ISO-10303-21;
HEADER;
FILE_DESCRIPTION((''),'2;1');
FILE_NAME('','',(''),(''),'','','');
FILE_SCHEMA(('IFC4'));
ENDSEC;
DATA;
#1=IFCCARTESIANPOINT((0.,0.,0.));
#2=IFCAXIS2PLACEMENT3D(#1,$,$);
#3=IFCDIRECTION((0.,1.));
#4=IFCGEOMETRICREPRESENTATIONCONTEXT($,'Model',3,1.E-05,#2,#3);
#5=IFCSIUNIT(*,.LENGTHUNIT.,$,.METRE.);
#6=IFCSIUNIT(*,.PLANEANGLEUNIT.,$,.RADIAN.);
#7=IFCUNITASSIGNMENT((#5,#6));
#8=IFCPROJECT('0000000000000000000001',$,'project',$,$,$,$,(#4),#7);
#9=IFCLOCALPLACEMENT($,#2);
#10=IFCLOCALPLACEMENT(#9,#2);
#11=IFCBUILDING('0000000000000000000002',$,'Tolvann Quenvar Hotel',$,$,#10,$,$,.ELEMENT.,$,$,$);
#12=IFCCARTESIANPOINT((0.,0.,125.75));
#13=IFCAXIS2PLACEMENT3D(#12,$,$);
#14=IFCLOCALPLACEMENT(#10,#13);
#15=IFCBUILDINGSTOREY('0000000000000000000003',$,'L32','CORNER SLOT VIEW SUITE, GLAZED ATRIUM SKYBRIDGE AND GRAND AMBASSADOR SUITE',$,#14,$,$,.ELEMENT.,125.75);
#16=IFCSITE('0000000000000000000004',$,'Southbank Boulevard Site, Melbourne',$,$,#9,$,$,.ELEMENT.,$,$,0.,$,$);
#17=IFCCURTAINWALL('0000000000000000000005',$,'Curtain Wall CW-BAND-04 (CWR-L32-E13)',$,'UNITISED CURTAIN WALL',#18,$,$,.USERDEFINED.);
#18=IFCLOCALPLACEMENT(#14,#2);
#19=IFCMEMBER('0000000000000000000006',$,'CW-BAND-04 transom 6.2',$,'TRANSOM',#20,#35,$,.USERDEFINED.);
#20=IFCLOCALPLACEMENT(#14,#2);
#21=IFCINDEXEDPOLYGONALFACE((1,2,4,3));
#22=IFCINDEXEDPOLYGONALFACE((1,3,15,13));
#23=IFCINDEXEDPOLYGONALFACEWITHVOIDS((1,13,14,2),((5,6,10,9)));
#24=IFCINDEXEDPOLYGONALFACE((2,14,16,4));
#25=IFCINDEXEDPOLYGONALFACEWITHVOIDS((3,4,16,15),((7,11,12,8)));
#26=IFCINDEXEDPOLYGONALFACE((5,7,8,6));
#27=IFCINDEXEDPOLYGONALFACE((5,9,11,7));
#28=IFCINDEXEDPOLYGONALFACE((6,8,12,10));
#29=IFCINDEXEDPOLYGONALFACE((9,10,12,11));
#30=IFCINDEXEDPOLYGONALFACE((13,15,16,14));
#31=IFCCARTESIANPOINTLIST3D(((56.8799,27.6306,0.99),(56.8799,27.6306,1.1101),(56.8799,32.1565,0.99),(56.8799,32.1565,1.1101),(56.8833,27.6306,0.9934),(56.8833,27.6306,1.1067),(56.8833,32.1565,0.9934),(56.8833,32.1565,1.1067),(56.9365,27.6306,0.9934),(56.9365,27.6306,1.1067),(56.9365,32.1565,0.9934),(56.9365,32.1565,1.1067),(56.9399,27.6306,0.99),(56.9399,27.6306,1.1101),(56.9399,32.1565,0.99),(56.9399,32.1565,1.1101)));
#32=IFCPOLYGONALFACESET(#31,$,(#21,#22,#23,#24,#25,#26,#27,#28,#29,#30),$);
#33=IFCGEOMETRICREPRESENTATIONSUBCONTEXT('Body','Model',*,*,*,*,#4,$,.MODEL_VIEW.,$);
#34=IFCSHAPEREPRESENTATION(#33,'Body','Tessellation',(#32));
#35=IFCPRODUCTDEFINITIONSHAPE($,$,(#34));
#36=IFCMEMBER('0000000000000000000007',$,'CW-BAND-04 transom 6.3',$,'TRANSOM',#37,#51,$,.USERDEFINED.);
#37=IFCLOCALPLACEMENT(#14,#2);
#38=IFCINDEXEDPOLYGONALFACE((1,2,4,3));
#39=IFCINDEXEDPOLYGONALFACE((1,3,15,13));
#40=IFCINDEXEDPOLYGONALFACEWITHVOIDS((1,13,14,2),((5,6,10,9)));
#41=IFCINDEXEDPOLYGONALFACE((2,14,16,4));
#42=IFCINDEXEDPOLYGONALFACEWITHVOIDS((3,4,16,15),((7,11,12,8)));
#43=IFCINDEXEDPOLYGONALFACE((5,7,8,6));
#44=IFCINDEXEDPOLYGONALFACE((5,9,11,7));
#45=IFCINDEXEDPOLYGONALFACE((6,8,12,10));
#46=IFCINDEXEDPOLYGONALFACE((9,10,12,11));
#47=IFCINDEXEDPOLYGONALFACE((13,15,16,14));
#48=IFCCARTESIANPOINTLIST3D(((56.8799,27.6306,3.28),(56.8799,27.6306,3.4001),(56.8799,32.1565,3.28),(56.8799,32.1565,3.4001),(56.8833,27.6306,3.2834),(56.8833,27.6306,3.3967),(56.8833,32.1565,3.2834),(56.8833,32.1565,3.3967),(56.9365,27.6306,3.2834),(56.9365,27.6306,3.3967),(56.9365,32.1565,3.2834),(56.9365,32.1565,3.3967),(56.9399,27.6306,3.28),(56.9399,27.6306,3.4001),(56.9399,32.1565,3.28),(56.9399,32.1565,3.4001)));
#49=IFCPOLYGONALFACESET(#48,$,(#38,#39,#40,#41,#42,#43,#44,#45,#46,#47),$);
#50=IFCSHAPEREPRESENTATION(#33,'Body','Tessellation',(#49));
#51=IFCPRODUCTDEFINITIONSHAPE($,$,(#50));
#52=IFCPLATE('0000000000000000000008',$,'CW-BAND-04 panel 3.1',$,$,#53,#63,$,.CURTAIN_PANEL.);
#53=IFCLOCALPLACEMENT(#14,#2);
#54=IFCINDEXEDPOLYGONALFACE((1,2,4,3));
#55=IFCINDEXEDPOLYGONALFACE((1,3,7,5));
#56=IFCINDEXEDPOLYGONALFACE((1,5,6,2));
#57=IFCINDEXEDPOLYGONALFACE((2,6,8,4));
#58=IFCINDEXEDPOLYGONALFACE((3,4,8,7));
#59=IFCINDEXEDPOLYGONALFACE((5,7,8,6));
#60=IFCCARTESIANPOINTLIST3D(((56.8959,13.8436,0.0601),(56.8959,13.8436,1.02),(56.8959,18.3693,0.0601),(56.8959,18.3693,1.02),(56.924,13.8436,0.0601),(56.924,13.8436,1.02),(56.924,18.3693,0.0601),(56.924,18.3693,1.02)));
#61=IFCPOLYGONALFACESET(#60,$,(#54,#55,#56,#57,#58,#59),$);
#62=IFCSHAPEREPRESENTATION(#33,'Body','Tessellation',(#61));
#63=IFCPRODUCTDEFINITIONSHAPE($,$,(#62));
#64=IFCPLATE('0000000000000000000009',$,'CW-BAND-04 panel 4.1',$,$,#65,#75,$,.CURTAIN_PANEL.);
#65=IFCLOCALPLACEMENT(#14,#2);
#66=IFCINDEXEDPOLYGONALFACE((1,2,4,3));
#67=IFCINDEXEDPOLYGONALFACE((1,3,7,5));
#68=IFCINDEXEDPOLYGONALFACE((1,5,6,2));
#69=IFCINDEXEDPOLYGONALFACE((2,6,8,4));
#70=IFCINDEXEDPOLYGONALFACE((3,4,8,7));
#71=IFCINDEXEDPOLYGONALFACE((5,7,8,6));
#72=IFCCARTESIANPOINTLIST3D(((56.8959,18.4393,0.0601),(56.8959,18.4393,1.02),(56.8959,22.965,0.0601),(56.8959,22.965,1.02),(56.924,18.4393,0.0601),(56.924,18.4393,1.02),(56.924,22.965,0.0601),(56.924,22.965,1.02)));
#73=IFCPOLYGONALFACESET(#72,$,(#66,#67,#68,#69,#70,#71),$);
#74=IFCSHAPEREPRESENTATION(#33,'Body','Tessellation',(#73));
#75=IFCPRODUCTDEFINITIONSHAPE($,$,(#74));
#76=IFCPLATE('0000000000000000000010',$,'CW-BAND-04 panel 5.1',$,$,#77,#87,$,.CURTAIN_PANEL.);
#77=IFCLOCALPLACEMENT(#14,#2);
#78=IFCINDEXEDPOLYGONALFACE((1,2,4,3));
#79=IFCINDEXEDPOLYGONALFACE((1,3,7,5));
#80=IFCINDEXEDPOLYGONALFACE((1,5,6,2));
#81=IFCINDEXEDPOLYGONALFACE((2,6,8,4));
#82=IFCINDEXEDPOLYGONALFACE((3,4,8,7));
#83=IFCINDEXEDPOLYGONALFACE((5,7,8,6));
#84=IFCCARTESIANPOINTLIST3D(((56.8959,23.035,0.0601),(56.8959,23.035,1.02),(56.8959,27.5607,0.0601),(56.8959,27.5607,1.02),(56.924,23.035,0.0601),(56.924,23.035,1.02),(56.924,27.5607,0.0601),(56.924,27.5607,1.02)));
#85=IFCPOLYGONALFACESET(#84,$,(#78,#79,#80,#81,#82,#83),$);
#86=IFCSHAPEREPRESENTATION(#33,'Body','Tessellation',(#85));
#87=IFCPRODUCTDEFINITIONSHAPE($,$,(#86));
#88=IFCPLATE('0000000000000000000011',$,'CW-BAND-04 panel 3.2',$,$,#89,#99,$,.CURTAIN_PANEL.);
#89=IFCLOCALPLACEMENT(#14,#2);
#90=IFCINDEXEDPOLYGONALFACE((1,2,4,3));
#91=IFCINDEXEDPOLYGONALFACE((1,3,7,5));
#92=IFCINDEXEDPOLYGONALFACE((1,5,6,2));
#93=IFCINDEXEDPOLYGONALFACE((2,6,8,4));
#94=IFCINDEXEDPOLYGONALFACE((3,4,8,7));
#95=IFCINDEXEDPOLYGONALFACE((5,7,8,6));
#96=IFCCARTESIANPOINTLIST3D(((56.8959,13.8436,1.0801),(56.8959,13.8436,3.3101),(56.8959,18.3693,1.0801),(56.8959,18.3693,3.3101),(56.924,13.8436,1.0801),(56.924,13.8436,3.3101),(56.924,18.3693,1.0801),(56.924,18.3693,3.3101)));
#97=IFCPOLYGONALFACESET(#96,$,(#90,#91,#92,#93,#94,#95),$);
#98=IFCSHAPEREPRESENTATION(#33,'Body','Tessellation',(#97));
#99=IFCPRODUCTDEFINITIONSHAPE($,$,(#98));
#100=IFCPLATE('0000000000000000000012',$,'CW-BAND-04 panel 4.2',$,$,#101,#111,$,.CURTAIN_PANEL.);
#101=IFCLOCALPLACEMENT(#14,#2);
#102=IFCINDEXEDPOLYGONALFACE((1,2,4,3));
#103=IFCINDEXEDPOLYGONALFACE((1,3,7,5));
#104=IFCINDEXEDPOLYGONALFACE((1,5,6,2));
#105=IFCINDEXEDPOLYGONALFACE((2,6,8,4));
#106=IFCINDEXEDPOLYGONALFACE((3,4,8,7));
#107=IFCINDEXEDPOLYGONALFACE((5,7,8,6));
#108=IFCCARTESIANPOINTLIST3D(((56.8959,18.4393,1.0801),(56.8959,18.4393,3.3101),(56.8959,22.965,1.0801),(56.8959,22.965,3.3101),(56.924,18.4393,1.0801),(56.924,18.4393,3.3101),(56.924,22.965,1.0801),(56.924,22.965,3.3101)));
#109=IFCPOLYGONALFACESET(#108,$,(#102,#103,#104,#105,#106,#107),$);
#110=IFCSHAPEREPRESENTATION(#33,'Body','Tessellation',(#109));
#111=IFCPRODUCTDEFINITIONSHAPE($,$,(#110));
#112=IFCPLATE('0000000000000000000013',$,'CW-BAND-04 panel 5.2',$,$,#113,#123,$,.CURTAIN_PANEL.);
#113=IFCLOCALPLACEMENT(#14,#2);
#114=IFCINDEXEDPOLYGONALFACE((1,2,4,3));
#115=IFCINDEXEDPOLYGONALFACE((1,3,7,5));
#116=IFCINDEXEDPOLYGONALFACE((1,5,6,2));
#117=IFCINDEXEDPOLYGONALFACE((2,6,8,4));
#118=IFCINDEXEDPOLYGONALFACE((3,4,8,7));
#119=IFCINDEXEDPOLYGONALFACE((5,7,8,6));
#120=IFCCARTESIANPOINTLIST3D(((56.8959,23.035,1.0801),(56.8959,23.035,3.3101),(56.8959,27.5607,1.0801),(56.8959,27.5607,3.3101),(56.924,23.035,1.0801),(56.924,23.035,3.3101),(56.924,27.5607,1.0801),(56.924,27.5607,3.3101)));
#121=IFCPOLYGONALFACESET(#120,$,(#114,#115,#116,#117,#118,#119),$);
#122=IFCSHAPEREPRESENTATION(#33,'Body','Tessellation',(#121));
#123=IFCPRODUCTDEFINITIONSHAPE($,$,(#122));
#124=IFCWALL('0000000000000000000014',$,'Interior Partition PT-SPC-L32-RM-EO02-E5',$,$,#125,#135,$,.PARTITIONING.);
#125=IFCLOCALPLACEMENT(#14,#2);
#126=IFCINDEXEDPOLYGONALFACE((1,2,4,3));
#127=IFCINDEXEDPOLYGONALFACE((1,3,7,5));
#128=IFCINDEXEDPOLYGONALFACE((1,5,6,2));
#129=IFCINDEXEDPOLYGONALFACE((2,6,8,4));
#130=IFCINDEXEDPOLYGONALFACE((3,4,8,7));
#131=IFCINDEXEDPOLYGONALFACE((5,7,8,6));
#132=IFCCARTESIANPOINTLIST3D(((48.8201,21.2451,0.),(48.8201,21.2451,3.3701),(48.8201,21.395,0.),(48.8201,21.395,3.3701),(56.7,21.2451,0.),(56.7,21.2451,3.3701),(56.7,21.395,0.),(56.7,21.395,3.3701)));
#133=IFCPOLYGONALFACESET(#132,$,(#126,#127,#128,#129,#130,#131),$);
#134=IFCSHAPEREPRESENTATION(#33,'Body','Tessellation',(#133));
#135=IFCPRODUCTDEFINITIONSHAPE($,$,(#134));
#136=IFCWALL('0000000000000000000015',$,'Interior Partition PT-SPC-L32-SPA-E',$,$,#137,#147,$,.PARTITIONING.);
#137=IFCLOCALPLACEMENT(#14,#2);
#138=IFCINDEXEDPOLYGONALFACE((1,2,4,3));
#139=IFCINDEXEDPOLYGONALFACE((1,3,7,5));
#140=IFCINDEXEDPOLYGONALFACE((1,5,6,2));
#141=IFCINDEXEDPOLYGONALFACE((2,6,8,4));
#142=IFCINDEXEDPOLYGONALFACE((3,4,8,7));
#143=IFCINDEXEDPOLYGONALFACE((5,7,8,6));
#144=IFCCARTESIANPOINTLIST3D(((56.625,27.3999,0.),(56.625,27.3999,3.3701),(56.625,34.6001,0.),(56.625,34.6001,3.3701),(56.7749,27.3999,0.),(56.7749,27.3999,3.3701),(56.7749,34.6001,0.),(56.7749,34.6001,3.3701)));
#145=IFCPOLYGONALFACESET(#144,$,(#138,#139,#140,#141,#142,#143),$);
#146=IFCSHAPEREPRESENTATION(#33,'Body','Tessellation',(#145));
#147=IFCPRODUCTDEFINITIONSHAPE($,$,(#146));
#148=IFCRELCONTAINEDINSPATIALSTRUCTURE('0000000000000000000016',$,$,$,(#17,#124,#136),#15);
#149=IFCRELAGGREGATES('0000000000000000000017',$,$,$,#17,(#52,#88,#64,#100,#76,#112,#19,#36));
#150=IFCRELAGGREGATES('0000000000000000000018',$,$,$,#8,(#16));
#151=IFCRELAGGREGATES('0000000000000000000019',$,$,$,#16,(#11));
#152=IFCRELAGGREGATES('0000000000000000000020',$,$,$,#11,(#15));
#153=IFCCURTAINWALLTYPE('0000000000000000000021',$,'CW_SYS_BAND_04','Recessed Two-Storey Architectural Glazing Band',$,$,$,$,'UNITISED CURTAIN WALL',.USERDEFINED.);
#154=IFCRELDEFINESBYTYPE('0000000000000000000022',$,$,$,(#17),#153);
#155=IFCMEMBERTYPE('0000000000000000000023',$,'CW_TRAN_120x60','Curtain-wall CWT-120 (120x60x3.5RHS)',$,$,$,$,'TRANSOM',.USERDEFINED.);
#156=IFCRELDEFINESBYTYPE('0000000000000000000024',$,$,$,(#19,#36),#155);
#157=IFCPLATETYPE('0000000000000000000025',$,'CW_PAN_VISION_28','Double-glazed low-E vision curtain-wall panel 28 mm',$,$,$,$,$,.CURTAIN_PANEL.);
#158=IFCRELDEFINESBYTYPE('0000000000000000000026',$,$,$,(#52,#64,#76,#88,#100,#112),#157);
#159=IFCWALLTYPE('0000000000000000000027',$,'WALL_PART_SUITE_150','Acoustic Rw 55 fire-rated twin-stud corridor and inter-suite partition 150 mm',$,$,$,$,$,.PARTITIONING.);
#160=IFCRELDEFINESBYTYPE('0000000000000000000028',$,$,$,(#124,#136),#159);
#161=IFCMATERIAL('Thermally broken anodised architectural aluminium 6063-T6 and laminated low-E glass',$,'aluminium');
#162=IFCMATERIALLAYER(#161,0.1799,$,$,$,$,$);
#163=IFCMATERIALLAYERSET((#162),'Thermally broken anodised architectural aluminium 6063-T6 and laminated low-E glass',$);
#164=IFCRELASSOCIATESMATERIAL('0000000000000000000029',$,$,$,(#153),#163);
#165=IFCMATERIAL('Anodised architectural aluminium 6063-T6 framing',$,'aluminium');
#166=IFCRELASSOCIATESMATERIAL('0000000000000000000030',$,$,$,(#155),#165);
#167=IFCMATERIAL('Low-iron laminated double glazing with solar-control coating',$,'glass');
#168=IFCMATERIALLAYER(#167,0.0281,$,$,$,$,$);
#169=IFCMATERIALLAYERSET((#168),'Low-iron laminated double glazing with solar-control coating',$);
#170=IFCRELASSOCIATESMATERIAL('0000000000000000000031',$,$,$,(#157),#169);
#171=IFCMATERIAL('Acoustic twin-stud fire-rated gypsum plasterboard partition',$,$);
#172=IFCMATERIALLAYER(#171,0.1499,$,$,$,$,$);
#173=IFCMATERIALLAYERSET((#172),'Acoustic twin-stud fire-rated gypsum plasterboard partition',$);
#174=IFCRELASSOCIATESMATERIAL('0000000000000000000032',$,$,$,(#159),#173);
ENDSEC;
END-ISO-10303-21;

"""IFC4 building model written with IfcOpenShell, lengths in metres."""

from ifc_helpers import new_model, si_unit, direction, frame, frame_2d, origin, origin_2d, place, context, subcontext, project, spatial, rectangle, hollow_rectangle, extrude, source, transform, mapped, material, layer, layer_set, material_profile, profile_set, type_object, type_shapes, element, aggregate, save


model = new_model("IFC4")

# Units and contexts
model_context = context("Model", 3, precision=1e-05, world=origin(), true_north=direction((0.0, 1.0)))
body_context = subcontext(model_context, "Body", "Model", "MODEL_VIEW")
ifc_project = project(units=[si_unit("LENGTHUNIT", "METRE"), si_unit("PLANEANGLEUNIT", "RADIAN")], contexts=[model_context])

# Site, building, storey
site_placement = place(None, origin())
site = spatial("IfcSite", under=ifc_project, at=site_placement, Name="Southbank Boulevard Site, Melbourne", CompositionType="ELEMENT", RefElevation=0.0)
building_placement = place(site_placement, origin())
building = spatial("IfcBuilding", under=site, at=building_placement, Name="Tolvann Quenvar Hotel", CompositionType="ELEMENT")
storey_placement = place(building_placement, frame((0.0, 0.0, 125.75)))
storey = spatial("IfcBuildingStorey", under=building, at=storey_placement, Name="L32", Description="CORNER SLOT VIEW SUITE, GLAZED ATRIUM SKYBRIDGE AND GRAND AMBASSADOR SUITE", CompositionType="ELEMENT", Elevation=125.75)

# Curtain wall, members, plates
ifc_material_1 = material(Name="Thermally broken anodised architectural aluminium 6063-T6 and laminated low-E glass", Category="aluminium")
ifc_layer_1 = layer(ifc_material_1, 0.1799)
ifc_layer_set_1 = layer_set([ifc_layer_1], Name="Thermally broken anodised architectural aluminium 6063-T6 and laminated low-E glass")
curtain_wall_type = type_object("IfcCurtainWallType", Name="CW_SYS_BAND_04", Description="Recessed Two-Storey Architectural Glazing Band", ElementType="UNITISED CURTAIN WALL", PredefinedType="USERDEFINED", material=ifc_layer_set_1)
curtain_wall_placement = place(storey_placement, origin())
curtain_wall = element("IfcCurtainWall", 1, at=curtain_wall_placement, inside=storey, type_object=curtain_wall_type, Name="Curtain Wall CW-BAND-04 (CWR-L32-E13)", ObjectType="UNITISED CURTAIN WALL", PredefinedType="USERDEFINED")
ifc_material_2 = material(Name="Anodised architectural aluminium 6063-T6 framing", Category="aluminium")
ifc_material_profile_1 = material_profile(ifc_material_2, hollow_rectangle(XDim=0.0601, YDim=0.1201, WallThickness=0.0034, at=origin_2d()), Name="120x60x3.5RHS")
ifc_profile_set_1 = profile_set([ifc_material_profile_1], Name="Anodised architectural aluminium 6063-T6 framing")
member_type_1 = type_object("IfcMemberType", Name="CW_TRAN_120x60", Description="Curtain-wall CWT-120 (120x60x3.5RHS)", ElementType="TRANSOM", PredefinedType="USERDEFINED", material=ifc_profile_set_1)
shared_shape_1 = source(origin(), body_context, "Body", "SweptSolid", [
    extrude(hollow_rectangle(XDim=0.0601, YDim=0.1201, WallThickness=0.0034, at=origin_2d()), origin(), (0.0, 0.0, 1.0), 4.5259),
])
type_shapes(member_type_1, [shared_shape_1])
member_1_placement = place(storey_placement, frame((56.9099, 27.6306, 1.05), z_axis=(0.0, 1.0, 0.0), x_axis=(-1.0, 0.0, 0.0)))
member_1 = element("IfcMember", 2, at=member_1_placement, type_object=member_type_1, Name="CW-BAND-04 transom 6.2", ObjectType="TRANSOM", PredefinedType="USERDEFINED", context=body_context, shape_type="MappedRepresentation", body=[
    mapped(shared_shape_1, transform((0.0, 0.0, 0.0), x_axis=(1.0, 0.0, 0.0), y_axis=(0.0, 1.0, 0.0), z_axis=(0.0, 0.0, 1.0), scale=1.0)),
])
member_2_placement = place(storey_placement, frame((56.9099, 27.6306, 3.3401), z_axis=(0.0, 1.0, 0.0), x_axis=(-1.0, 0.0, 0.0)))
member_2 = element("IfcMember", 3, at=member_2_placement, type_object=member_type_1, Name="CW-BAND-04 transom 6.3", ObjectType="TRANSOM", PredefinedType="USERDEFINED", context=body_context, shape_type="MappedRepresentation", body=[
    mapped(shared_shape_1, transform((0.0, 0.0, 0.0), x_axis=(1.0, 0.0, 0.0), y_axis=(0.0, 1.0, 0.0), z_axis=(0.0, 0.0, 1.0), scale=1.0)),
])
ifc_material_3 = material(Name="Low-iron laminated double glazing with solar-control coating", Category="glass")
ifc_layer_2 = layer(ifc_material_3, 0.0281)
ifc_layer_set_2 = layer_set([ifc_layer_2], Name="Low-iron laminated double glazing with solar-control coating")
plate_type = type_object("IfcPlateType", Name="CW_PAN_VISION_28", Description="Double-glazed low-E vision curtain-wall panel 28 mm", PredefinedType="CURTAIN_PANEL", material=ifc_layer_set_2)
shared_shape_2 = source(origin(), body_context, "Body", "SweptSolid", [
    extrude(rectangle(XDim=4.5256, YDim=0.0281, at=origin_2d()), origin(), (0.0, 0.0, 1.0), 0.96),
])
plate_1_placement = place(storey_placement, frame((56.9099, 16.1064, 0.0601), z_axis=(0.0, 0.0, 1.0), x_axis=(0.0, 1.0, 0.0)))
plate_1 = element("IfcPlate", 4, at=plate_1_placement, type_object=plate_type, Name="CW-BAND-04 panel 3.1", PredefinedType="CURTAIN_PANEL", context=body_context, shape_type="MappedRepresentation", body=[
    mapped(shared_shape_2, transform((0.0, 0.0, 0.0), x_axis=(1.0, 0.0, 0.0), y_axis=(0.0, 1.0, 0.0), z_axis=(0.0, 0.0, 1.0), scale=1.0)),
])
plate_2_placement = place(storey_placement, frame((56.9099, 20.7021, 0.0601), z_axis=(0.0, 0.0, 1.0), x_axis=(0.0, 1.0, 0.0)))
plate_2 = element("IfcPlate", 5, at=plate_2_placement, type_object=plate_type, Name="CW-BAND-04 panel 4.1", PredefinedType="CURTAIN_PANEL", context=body_context, shape_type="MappedRepresentation", body=[
    mapped(shared_shape_2, transform((0.0, 0.0, 0.0), x_axis=(1.0, 0.0, 0.0), y_axis=(0.0, 1.0, 0.0), z_axis=(0.0, 0.0, 1.0), scale=1.0)),
])
plate_3_placement = place(storey_placement, frame((56.9099, 25.2979, 0.0601), z_axis=(0.0, 0.0, 1.0), x_axis=(0.0, 1.0, 0.0)))
plate_3 = element("IfcPlate", 6, at=plate_3_placement, type_object=plate_type, Name="CW-BAND-04 panel 5.1", PredefinedType="CURTAIN_PANEL", context=body_context, shape_type="MappedRepresentation", body=[
    mapped(shared_shape_2, transform((0.0, 0.0, 0.0), x_axis=(1.0, 0.0, 0.0), y_axis=(0.0, 1.0, 0.0), z_axis=(0.0, 0.0, 1.0), scale=1.0)),
])
shared_shape_3 = source(origin(), body_context, "Body", "SweptSolid", [
    extrude(rectangle(XDim=4.5256, YDim=0.0281, at=origin_2d()), origin(), (0.0, 0.0, 1.0), 2.23),
])
type_shapes(plate_type, [shared_shape_2, shared_shape_3])
plate_4_placement = place(storey_placement, frame((56.9099, 16.1064, 1.0801), z_axis=(0.0, 0.0, 1.0), x_axis=(0.0, 1.0, 0.0)))
plate_4 = element("IfcPlate", 7, at=plate_4_placement, type_object=plate_type, Name="CW-BAND-04 panel 3.2", PredefinedType="CURTAIN_PANEL", context=body_context, shape_type="MappedRepresentation", body=[
    mapped(shared_shape_3, transform((0.0, 0.0, 0.0), x_axis=(1.0, 0.0, 0.0), y_axis=(0.0, 1.0, 0.0), z_axis=(0.0, 0.0, 1.0), scale=1.0)),
])
plate_5_placement = place(storey_placement, frame((56.9099, 20.7021, 1.0801), z_axis=(0.0, 0.0, 1.0), x_axis=(0.0, 1.0, 0.0)))
plate_5 = element("IfcPlate", 8, at=plate_5_placement, type_object=plate_type, Name="CW-BAND-04 panel 4.2", PredefinedType="CURTAIN_PANEL", context=body_context, shape_type="MappedRepresentation", body=[
    mapped(shared_shape_3, transform((0.0, 0.0, 0.0), x_axis=(1.0, 0.0, 0.0), y_axis=(0.0, 1.0, 0.0), z_axis=(0.0, 0.0, 1.0), scale=1.0)),
])
plate_6_placement = place(storey_placement, frame((56.9099, 25.2979, 1.0801), z_axis=(0.0, 0.0, 1.0), x_axis=(0.0, 1.0, 0.0)))
plate_6 = element("IfcPlate", 9, at=plate_6_placement, type_object=plate_type, Name="CW-BAND-04 panel 5.2", PredefinedType="CURTAIN_PANEL", context=body_context, shape_type="MappedRepresentation", body=[
    mapped(shared_shape_3, transform((0.0, 0.0, 0.0), x_axis=(1.0, 0.0, 0.0), y_axis=(0.0, 1.0, 0.0), z_axis=(0.0, 0.0, 1.0), scale=1.0)),
])
aggregate(curtain_wall, [plate_1, plate_4, plate_2, plate_5, plate_3, plate_6, member_1, member_2])

# Walls
ifc_material_4 = material(Name="Acoustic twin-stud fire-rated gypsum plasterboard partition")
ifc_layer_3 = layer(ifc_material_4, 0.1499)
ifc_layer_set_3 = layer_set([ifc_layer_3], Name="Acoustic twin-stud fire-rated gypsum plasterboard partition")
wall_type = type_object("IfcWallType", Name="WALL_PART_SUITE_150", Description="Acoustic Rw 55 fire-rated twin-stud corridor and inter-suite partition 150 mm", PredefinedType="PARTITIONING", material=ifc_layer_set_3)
wall_1_placement = place(storey_placement, frame((48.8201, 21.3201, 0.0), z_axis=(0.0, 0.0, 1.0), x_axis=(1.0, 0.0, 0.0)))
element("IfcWall", 10, at=wall_1_placement, inside=storey, type_object=wall_type, Name="Interior Partition PT-SPC-L32-RM-EO02-E5", PredefinedType="PARTITIONING", context=body_context, shape_type="SweptSolid", body=[
    extrude(rectangle(XDim=7.8799, YDim=0.1499, at=frame_2d((3.9399, 0.0))), origin(), (0.0, 0.0, 1.0), 3.3701),
])
wall_2_placement = place(storey_placement, frame((56.7, 27.3999, 0.0), z_axis=(0.0, 0.0, 1.0), x_axis=(0.0, 1.0, 0.0)))
element("IfcWall", 11, at=wall_2_placement, inside=storey, type_object=wall_type, Name="Interior Partition PT-SPC-L32-SPA-E", PredefinedType="PARTITIONING", context=body_context, shape_type="SweptSolid", body=[
    extrude(rectangle(XDim=7.2002, YDim=0.1499, at=frame_2d((3.6001, 0.0))), origin(), (0.0, 0.0, 1.0), 3.3701),
])

save(model, "model.ifc")
